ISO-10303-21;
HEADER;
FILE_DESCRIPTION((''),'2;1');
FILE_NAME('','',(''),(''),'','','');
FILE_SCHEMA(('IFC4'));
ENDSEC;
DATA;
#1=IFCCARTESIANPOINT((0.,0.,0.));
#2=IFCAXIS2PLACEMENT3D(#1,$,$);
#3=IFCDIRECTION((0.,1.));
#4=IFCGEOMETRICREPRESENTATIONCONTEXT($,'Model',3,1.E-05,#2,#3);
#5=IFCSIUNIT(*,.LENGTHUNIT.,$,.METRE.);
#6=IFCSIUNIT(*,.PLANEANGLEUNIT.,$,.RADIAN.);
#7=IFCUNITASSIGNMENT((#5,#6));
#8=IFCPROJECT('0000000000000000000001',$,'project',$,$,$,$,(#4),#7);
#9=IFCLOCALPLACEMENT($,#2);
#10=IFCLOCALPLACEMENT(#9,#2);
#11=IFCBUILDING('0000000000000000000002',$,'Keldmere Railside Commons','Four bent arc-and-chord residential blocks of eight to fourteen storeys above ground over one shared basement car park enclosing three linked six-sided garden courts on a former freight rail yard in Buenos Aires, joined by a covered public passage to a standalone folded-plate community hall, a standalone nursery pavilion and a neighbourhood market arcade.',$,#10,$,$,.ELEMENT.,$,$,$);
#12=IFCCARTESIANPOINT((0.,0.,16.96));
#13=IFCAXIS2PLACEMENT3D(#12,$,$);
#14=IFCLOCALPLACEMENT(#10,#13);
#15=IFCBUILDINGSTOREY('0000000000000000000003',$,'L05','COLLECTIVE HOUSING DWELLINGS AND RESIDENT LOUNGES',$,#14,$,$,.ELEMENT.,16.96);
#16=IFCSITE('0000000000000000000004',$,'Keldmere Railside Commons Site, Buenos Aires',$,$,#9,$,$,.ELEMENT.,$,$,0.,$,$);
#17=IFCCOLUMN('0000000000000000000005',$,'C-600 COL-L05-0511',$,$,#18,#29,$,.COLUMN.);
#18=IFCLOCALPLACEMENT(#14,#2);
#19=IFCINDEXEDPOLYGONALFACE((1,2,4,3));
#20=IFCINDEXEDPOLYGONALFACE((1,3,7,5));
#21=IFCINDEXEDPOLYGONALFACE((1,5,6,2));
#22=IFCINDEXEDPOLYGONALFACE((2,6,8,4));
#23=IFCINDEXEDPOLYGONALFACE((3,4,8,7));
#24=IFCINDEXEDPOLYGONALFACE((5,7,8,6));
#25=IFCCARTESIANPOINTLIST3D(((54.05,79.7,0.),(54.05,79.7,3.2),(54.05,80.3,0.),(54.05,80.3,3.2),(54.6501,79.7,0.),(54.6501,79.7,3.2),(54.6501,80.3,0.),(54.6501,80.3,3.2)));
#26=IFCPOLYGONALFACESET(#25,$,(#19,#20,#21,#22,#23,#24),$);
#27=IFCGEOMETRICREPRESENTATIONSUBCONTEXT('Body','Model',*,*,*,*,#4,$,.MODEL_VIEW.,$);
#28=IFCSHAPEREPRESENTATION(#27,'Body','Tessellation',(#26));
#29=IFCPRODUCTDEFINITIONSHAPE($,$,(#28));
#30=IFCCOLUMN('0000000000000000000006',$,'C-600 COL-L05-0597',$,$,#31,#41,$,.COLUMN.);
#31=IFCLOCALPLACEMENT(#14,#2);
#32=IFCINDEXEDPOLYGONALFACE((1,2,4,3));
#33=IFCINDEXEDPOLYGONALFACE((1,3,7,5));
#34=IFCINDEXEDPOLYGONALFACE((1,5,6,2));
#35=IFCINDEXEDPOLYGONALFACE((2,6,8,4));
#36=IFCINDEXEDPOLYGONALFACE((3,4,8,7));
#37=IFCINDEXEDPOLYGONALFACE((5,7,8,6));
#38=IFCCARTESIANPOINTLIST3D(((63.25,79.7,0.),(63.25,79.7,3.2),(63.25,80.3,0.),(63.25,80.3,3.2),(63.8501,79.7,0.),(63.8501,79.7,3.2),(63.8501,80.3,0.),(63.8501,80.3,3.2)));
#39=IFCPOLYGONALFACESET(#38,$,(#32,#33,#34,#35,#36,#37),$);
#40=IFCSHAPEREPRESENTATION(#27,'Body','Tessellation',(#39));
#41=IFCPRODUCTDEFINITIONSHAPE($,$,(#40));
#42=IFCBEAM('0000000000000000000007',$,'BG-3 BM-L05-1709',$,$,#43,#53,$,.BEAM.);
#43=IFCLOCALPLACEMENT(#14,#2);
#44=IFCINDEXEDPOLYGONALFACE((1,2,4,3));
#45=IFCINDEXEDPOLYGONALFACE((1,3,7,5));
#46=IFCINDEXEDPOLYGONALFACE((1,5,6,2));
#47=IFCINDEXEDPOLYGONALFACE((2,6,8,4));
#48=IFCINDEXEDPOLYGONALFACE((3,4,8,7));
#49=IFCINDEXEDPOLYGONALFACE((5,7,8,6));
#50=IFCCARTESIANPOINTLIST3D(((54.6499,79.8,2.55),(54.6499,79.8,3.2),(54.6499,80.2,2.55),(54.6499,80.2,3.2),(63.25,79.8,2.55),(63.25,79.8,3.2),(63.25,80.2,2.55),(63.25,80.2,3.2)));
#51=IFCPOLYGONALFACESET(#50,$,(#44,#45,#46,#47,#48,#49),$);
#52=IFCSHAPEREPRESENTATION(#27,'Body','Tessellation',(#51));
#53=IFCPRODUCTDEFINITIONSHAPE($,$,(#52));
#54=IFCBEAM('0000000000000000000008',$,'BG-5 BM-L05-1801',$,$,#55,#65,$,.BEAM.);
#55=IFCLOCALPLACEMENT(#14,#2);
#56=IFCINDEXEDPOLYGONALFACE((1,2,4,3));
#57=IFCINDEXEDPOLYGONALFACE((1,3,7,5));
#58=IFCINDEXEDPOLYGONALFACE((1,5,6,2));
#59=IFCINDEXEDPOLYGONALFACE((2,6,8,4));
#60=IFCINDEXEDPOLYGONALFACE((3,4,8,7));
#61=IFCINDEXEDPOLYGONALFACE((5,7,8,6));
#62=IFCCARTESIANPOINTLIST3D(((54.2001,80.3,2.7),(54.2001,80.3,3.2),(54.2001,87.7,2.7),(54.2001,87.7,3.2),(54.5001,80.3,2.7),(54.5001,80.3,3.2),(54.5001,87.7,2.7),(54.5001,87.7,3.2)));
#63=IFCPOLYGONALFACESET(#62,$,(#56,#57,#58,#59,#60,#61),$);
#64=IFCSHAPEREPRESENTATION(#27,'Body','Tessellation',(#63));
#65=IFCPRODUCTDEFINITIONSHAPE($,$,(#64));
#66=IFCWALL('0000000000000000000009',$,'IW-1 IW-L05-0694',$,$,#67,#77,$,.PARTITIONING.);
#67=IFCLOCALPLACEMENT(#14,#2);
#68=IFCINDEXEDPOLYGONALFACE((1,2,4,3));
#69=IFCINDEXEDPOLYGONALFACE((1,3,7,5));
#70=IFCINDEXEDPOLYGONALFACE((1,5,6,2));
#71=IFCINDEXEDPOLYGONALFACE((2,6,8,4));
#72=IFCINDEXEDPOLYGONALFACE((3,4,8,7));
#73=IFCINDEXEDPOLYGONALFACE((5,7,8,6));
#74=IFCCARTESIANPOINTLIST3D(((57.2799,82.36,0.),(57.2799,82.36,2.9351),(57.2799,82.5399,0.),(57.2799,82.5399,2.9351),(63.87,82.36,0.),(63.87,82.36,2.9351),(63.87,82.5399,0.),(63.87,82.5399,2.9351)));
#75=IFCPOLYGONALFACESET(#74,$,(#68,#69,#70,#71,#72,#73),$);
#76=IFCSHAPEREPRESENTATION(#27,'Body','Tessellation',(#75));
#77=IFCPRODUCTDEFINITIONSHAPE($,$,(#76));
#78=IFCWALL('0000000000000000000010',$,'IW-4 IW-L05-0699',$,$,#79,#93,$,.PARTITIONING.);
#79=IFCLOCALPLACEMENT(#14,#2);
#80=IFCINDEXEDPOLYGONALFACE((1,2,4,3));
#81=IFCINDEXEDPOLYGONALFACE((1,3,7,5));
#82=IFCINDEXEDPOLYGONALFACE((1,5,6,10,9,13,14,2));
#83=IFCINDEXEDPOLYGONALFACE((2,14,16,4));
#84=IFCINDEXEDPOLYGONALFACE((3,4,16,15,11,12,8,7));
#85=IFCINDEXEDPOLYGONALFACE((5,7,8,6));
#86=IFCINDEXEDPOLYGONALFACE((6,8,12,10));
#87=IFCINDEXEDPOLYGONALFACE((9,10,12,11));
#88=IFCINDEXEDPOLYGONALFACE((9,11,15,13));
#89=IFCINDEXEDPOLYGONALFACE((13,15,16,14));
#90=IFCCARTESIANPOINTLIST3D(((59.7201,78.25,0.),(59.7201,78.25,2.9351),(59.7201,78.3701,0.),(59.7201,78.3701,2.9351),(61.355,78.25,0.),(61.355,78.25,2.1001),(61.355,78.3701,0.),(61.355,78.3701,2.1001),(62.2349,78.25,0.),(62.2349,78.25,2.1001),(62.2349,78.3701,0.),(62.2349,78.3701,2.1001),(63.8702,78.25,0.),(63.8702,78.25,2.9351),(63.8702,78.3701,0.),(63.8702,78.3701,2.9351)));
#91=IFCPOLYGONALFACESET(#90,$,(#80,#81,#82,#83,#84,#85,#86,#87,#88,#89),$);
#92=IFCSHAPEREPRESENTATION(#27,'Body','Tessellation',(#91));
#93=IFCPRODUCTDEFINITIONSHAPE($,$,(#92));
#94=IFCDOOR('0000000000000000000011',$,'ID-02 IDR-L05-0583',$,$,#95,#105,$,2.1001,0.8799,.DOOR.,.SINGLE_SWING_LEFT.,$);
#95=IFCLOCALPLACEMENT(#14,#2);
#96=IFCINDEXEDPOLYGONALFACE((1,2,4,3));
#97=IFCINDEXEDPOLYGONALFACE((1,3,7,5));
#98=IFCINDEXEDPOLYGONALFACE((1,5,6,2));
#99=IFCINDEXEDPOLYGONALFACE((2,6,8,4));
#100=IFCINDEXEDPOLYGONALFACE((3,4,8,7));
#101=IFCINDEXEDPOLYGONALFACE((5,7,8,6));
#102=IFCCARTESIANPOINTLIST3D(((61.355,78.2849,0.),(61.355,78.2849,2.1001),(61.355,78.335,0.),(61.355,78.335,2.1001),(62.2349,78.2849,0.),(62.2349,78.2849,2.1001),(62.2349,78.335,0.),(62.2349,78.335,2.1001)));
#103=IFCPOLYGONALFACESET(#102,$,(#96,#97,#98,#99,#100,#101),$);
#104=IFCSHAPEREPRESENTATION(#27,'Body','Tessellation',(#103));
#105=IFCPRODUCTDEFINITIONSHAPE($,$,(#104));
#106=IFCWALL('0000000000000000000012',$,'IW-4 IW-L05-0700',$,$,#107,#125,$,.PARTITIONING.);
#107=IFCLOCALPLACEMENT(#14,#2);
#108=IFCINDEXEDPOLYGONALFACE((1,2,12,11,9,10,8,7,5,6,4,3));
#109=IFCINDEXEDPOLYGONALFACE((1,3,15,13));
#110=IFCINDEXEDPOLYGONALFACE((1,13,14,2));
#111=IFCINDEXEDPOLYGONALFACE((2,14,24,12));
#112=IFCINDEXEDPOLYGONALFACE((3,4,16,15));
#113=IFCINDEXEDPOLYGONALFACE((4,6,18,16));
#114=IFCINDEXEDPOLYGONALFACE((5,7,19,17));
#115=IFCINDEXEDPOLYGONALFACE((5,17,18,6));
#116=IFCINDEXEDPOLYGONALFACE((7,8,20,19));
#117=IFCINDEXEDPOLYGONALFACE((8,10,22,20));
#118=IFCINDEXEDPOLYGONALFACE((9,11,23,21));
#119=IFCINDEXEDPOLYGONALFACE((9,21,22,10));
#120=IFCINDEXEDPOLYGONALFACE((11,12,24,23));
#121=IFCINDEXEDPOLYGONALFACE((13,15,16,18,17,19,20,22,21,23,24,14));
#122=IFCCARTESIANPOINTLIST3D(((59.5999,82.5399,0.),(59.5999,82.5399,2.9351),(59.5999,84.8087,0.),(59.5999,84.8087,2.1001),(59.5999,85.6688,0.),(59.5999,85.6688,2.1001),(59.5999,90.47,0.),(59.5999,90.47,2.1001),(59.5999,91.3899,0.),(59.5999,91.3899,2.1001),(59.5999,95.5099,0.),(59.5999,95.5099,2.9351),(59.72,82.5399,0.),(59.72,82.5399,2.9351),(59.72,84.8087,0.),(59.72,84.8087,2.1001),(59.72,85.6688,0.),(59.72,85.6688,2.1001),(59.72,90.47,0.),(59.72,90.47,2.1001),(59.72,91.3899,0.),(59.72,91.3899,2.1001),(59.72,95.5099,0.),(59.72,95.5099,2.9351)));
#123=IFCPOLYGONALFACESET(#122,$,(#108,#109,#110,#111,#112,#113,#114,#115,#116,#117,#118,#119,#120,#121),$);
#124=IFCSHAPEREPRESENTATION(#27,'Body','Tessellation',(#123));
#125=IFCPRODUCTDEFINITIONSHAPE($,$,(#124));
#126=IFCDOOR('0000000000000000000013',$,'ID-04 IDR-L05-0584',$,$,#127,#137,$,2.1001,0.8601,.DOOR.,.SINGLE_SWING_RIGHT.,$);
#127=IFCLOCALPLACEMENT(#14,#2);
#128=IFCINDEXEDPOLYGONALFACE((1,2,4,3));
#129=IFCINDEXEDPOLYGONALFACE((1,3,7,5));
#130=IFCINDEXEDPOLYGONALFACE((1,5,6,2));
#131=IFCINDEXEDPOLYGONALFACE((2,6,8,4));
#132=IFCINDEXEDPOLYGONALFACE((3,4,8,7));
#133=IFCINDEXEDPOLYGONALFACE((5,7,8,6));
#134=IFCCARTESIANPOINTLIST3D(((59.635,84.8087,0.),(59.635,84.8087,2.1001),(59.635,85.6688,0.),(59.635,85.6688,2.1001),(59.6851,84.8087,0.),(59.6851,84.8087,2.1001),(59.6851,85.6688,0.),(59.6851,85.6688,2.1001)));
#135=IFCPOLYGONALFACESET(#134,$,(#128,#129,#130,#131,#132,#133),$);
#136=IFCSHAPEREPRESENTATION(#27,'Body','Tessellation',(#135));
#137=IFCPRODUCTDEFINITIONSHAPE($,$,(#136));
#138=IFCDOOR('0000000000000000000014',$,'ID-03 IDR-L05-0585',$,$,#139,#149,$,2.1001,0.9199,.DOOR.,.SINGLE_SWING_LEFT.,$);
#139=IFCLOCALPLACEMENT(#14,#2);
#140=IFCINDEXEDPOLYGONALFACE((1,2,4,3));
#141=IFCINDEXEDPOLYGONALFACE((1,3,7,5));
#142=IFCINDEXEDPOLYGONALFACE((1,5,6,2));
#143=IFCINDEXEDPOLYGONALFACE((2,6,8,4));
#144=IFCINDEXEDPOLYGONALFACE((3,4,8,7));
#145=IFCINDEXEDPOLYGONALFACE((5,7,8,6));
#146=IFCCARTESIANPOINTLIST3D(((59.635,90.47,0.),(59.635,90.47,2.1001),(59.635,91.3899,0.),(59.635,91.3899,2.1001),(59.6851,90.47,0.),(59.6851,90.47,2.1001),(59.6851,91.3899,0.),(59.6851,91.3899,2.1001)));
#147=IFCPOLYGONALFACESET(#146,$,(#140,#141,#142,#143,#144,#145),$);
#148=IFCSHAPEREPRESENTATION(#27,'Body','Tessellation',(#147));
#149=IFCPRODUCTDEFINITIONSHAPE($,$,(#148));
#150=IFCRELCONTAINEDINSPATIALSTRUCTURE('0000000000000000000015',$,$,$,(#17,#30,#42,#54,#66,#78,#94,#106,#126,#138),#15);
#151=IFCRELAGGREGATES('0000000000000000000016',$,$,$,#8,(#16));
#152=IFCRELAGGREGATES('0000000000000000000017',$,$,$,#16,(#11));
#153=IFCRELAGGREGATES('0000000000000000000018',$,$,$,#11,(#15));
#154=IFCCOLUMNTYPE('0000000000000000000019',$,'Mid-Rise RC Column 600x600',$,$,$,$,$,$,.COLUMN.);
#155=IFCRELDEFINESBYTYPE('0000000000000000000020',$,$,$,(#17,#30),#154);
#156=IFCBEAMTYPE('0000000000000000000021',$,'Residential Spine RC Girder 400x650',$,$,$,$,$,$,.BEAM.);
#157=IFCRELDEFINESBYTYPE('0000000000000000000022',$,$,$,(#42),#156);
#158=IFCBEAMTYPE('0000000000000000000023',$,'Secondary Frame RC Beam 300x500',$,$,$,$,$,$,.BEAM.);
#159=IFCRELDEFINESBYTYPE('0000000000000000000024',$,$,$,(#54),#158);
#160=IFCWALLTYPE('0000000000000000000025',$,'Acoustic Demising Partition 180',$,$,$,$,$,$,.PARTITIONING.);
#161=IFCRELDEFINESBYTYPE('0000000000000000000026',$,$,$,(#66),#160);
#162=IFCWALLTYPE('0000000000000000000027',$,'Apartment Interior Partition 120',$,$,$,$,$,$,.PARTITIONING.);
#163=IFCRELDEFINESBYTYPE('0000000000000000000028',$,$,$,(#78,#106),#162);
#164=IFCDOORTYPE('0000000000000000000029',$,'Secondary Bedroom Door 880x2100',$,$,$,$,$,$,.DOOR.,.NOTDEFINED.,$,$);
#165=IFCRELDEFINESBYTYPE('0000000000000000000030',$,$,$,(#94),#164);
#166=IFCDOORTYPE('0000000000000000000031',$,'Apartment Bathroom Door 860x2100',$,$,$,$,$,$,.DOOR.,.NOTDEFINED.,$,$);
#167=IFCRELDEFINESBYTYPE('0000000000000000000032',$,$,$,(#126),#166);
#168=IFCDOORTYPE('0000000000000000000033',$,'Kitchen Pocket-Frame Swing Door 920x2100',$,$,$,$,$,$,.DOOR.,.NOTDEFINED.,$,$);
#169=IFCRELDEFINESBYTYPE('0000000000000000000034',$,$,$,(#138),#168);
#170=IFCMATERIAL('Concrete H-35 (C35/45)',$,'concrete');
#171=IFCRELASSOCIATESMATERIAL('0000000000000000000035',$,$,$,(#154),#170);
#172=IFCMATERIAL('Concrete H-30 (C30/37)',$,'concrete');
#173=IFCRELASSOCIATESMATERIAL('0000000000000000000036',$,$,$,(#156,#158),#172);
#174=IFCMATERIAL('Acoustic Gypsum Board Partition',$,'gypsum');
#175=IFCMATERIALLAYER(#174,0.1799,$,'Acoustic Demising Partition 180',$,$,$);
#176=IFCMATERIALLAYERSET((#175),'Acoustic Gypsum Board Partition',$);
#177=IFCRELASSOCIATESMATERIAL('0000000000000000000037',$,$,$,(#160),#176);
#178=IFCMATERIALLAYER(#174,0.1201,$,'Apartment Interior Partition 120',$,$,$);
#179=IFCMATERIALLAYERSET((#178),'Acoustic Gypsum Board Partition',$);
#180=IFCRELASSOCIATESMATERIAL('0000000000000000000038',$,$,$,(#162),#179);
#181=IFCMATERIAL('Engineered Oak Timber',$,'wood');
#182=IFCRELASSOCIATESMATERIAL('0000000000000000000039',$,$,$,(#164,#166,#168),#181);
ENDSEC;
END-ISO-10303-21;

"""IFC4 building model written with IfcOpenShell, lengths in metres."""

from ifc_helpers import new_model, si_unit, direction, frame, frame_2d, origin, origin_2d, place, context, subcontext, project, spatial, rectangle, extrude, material, layer, layer_set, material_profile, profile_set, type_object, element, fill, save


model = new_model("IFC4")

# Units and contexts
model_context = context("Model", 3, precision=1e-05, world=origin(), true_north=direction((0.0, 1.0)))
body_context = subcontext(model_context, "Body", "Model", "MODEL_VIEW")
ifc_project = project(units=[si_unit("LENGTHUNIT", "METRE"), si_unit("PLANEANGLEUNIT", "RADIAN")], contexts=[model_context])

# Site, building, storey
site_placement = place(None, origin())
site = spatial("IfcSite", under=ifc_project, at=site_placement, Name="Keldmere Railside Commons Site, Buenos Aires", CompositionType="ELEMENT", RefElevation=0.0)
building_placement = place(site_placement, origin())
building = spatial("IfcBuilding", under=site, at=building_placement, Name="Keldmere Railside Commons", Description="Four bent arc-and-chord residential blocks of eight to fourteen storeys above ground over one shared basement car park enclosing three linked six-sided garden courts on a former freight rail yard in Buenos Aires, joined by a covered public passage to a standalone folded-plate community hall, a standalone nursery pavilion and a neighbourhood market arcade.", CompositionType="ELEMENT")
storey_placement = place(building_placement, frame((0.0, 0.0, 16.96)))
storey = spatial("IfcBuildingStorey", under=building, at=storey_placement, Name="L05", Description="COLLECTIVE HOUSING DWELLINGS AND RESIDENT LOUNGES", CompositionType="ELEMENT", Elevation=16.96)

# Columns
ifc_material_1 = material(Name="Concrete H-35 (C35/45)", Category="concrete")
ifc_material_profile_1 = material_profile(ifc_material_1, rectangle(XDim=0.6001, YDim=0.6001, at=origin_2d()), Name="RC-600x600")
ifc_profile_set_1 = profile_set([ifc_material_profile_1], Name="Concrete H-35 (C35/45)")
column_type = type_object("IfcColumnType", Name="Mid-Rise RC Column 600x600", PredefinedType="COLUMN", material=ifc_profile_set_1)
for number, where, z_axis, x_axis, name in (
    (1, (54.3501, 80.0, 0.0), (0.0, 0.0, 1.0), (1.0, 0.0, 0.0), "C-600 COL-L05-0511"),
    (2, (63.55, 80.0, 0.0), (0.0, 0.0, 1.0), (1.0, 0.0, 0.0), "C-600 COL-L05-0597"),
):
    element("IfcColumn", number, at=place(storey_placement, frame(where, z_axis=z_axis, x_axis=x_axis)), inside=storey, type_object=column_type, Name=name, PredefinedType="COLUMN", context=body_context, shape_type="SweptSolid", body=[
        extrude(rectangle(XDim=0.6001, YDim=0.6001, at=origin_2d()), origin(), (0.0, 0.0, 1.0), 3.2),
    ])

# Beams
ifc_material_2 = material(Name="Concrete H-30 (C30/37)", Category="concrete")
ifc_material_profile_2 = material_profile(ifc_material_2, rectangle(XDim=0.3999, YDim=0.6499, at=origin_2d()), Name="RC-400x650")
ifc_profile_set_2 = profile_set([ifc_material_profile_2], Name="Concrete H-30 (C30/37)")
beam_type_1 = type_object("IfcBeamType", Name="Residential Spine RC Girder 400x650", PredefinedType="BEAM", material=ifc_profile_set_2)
beam_1_placement = place(storey_placement, frame((54.6499, 80.0, 2.875), z_axis=(1.0, 0.0, 0.0), x_axis=(0.0, 1.0, 0.0)))
element("IfcBeam", 3, at=beam_1_placement, inside=storey, type_object=beam_type_1, Name="BG-3 BM-L05-1709", PredefinedType="BEAM", context=body_context, shape_type="SweptSolid", body=[
    extrude(rectangle(XDim=0.3999, YDim=0.6499, at=origin_2d()), origin(), (0.0, 0.0, 1.0), 8.6001),
])
ifc_material_profile_3 = material_profile(ifc_material_2, rectangle(XDim=0.3, YDim=0.5, at=origin_2d()), Name="RC-300x500")
ifc_profile_set_3 = profile_set([ifc_material_profile_3], Name="Concrete H-30 (C30/37)")
beam_type_2 = type_object("IfcBeamType", Name="Secondary Frame RC Beam 300x500", PredefinedType="BEAM", material=ifc_profile_set_3)
beam_2_placement = place(storey_placement, frame((54.3501, 80.3, 2.95), z_axis=(0.0, 1.0, 0.0), x_axis=(-1.0, 0.0, 0.0)))
element("IfcBeam", 4, at=beam_2_placement, inside=storey, type_object=beam_type_2, Name="BG-5 BM-L05-1801", PredefinedType="BEAM", context=body_context, shape_type="SweptSolid", body=[
    extrude(rectangle(XDim=0.3, YDim=0.5, at=origin_2d()), origin(), (0.0, 0.0, 1.0), 7.3999),
])

# Wall
ifc_material_3 = material(Name="Acoustic Gypsum Board Partition", Category="gypsum")
ifc_layer_1 = layer(ifc_material_3, 0.1799, Name="Acoustic Demising Partition 180")
ifc_layer_set_1 = layer_set([ifc_layer_1], Name="Acoustic Gypsum Board Partition")
wall_type_1 = type_object("IfcWallType", Name="Acoustic Demising Partition 180", PredefinedType="PARTITIONING", material=ifc_layer_set_1)
wall_1_placement = place(storey_placement, frame((57.28, 82.45, 0.0), z_axis=(0.0, 0.0, 1.0), x_axis=(1.0, 0.0, 0.0)))
element("IfcWall", 5, at=wall_1_placement, inside=storey, type_object=wall_type_1, Name="IW-1 IW-L05-0694", PredefinedType="PARTITIONING", context=body_context, shape_type="SweptSolid", body=[
    extrude(rectangle(XDim=6.5901, YDim=0.1799, at=frame_2d((3.2949, 0.0))), origin(), (0.0, 0.0, 1.0), 2.9351),
])

# Wall, opening, door
ifc_layer_2 = layer(ifc_material_3, 0.1201, Name="Apartment Interior Partition 120")
ifc_layer_set_2 = layer_set([ifc_layer_2], Name="Acoustic Gypsum Board Partition")
wall_type_2 = type_object("IfcWallType", Name="Apartment Interior Partition 120", PredefinedType="PARTITIONING", material=ifc_layer_set_2)
wall_2_placement = place(storey_placement, frame((59.72, 78.3101, 0.0), z_axis=(0.0, 0.0, 1.0), x_axis=(1.0, 0.0, 0.0)))
wall_2 = element("IfcWall", 6, at=wall_2_placement, inside=storey, type_object=wall_type_2, Name="IW-4 IW-L05-0699", PredefinedType="PARTITIONING", context=body_context, shape_type="SweptSolid", body=[
    extrude(rectangle(XDim=4.1501, YDim=0.1201, at=frame_2d((2.0752, 0.0))), origin(), (0.0, 0.0, 1.0), 2.9351),
])
opening_1_placement = place(wall_2_placement, frame((1.635, 0.0, 0.0)))
opening_1 = element("IfcOpeningElement", 7, at=opening_1_placement, cuts=wall_2, PredefinedType="OPENING", context=body_context, shape_type="SweptSolid", body=[
    extrude(rectangle(XDim=0.8799, YDim=2.1001, at=frame_2d((0.4399, 1.05))), frame((0.0, 0.0701, 0.0), z_axis=(0.0, -1.0, 0.0), x_axis=(1.0, 0.0, 0.0)), (0.0, 0.0, 1.0), 0.1401),
])
ifc_material_4 = material(Name="Engineered Oak Timber", Category="wood")
door_type_1 = type_object("IfcDoorType", Name="Secondary Bedroom Door 880x2100", OperationType="NOTDEFINED", PredefinedType="DOOR", material=ifc_material_4)
door_1_placement = place(opening_1_placement, origin())
door_1 = element("IfcDoor", 8, at=door_1_placement, inside=storey, type_object=door_type_1, Name="ID-02 IDR-L05-0583", OperationType="SINGLE_SWING_LEFT", OverallHeight=2.1001, OverallWidth=0.8799, PredefinedType="DOOR", context=body_context, shape_type="SweptSolid", body=[
    extrude(rectangle(XDim=0.8799, YDim=2.1001, at=frame_2d((0.4399, 1.05))), frame((0.0, 0.0249, 0.0), z_axis=(0.0, -1.0, 0.0), x_axis=(1.0, 0.0, 0.0)), (0.0, 0.0, 1.0), 0.05),
])
fill(opening_1, door_1)

# Wall, openings, doors
wall_3_placement = place(storey_placement, frame((59.6599, 82.54, 0.0), z_axis=(0.0, 0.0, 1.0), x_axis=(0.0, 1.0, 0.0)))
wall_3 = element("IfcWall", 9, at=wall_3_placement, inside=storey, type_object=wall_type_2, Name="IW-4 IW-L05-0700", PredefinedType="PARTITIONING", context=body_context, shape_type="SweptSolid", body=[
    extrude(rectangle(XDim=12.97, YDim=0.1201, at=frame_2d((6.4849, 0.0))), origin(), (0.0, 0.0, 1.0), 2.9351),
])
opening_2_placement = place(wall_3_placement, frame((2.2686, 0.0, 0.0)))
opening_2 = element("IfcOpeningElement", 10, at=opening_2_placement, cuts=wall_3, PredefinedType="OPENING", context=body_context, shape_type="SweptSolid", body=[
    extrude(rectangle(XDim=0.8601, YDim=2.1001, at=frame_2d((0.4302, 1.05))), frame((0.0, 0.0701, 0.0), z_axis=(0.0, -1.0, 0.0), x_axis=(1.0, 0.0, 0.0)), (0.0, 0.0, 1.0), 0.1401),
])
opening_3_placement = place(wall_3_placement, frame((7.9299, 0.0, 0.0)))
opening_3 = element("IfcOpeningElement", 11, at=opening_3_placement, cuts=wall_3, PredefinedType="OPENING", context=body_context, shape_type="SweptSolid", body=[
    extrude(rectangle(XDim=0.9199, YDim=2.1001, at=frame_2d((0.46, 1.05))), frame((0.0, 0.0701, 0.0), z_axis=(0.0, -1.0, 0.0), x_axis=(1.0, 0.0, 0.0)), (0.0, 0.0, 1.0), 0.1401),
])
door_type_2 = type_object("IfcDoorType", Name="Apartment Bathroom Door 860x2100", OperationType="NOTDEFINED", PredefinedType="DOOR", material=ifc_material_4)
door_2_placement = place(opening_2_placement, origin())
door_2 = element("IfcDoor", 12, at=door_2_placement, inside=storey, type_object=door_type_2, Name="ID-04 IDR-L05-0584", OperationType="SINGLE_SWING_RIGHT", OverallHeight=2.1001, OverallWidth=0.8601, PredefinedType="DOOR", context=body_context, shape_type="SweptSolid", body=[
    extrude(rectangle(XDim=0.8601, YDim=2.1001, at=frame_2d((0.4302, 1.05))), frame((0.0, 0.0249, 0.0), z_axis=(0.0, -1.0, 0.0), x_axis=(1.0, 0.0, 0.0)), (0.0, 0.0, 1.0), 0.05),
])
fill(opening_2, door_2)
door_type_3 = type_object("IfcDoorType", Name="Kitchen Pocket-Frame Swing Door 920x2100", OperationType="NOTDEFINED", PredefinedType="DOOR", material=ifc_material_4)
door_3_placement = place(opening_3_placement, origin())
door_3 = element("IfcDoor", 13, at=door_3_placement, inside=storey, type_object=door_type_3, Name="ID-03 IDR-L05-0585", OperationType="SINGLE_SWING_LEFT", OverallHeight=2.1001, OverallWidth=0.9199, PredefinedType="DOOR", context=body_context, shape_type="SweptSolid", body=[
    extrude(rectangle(XDim=0.9199, YDim=2.1001, at=frame_2d((0.46, 1.05))), frame((0.0, 0.0249, 0.0), z_axis=(0.0, -1.0, 0.0), x_axis=(1.0, 0.0, 0.0)), (0.0, 0.0, 1.0), 0.05),
])
fill(opening_3, door_3)

save(model, "model.ifc")
